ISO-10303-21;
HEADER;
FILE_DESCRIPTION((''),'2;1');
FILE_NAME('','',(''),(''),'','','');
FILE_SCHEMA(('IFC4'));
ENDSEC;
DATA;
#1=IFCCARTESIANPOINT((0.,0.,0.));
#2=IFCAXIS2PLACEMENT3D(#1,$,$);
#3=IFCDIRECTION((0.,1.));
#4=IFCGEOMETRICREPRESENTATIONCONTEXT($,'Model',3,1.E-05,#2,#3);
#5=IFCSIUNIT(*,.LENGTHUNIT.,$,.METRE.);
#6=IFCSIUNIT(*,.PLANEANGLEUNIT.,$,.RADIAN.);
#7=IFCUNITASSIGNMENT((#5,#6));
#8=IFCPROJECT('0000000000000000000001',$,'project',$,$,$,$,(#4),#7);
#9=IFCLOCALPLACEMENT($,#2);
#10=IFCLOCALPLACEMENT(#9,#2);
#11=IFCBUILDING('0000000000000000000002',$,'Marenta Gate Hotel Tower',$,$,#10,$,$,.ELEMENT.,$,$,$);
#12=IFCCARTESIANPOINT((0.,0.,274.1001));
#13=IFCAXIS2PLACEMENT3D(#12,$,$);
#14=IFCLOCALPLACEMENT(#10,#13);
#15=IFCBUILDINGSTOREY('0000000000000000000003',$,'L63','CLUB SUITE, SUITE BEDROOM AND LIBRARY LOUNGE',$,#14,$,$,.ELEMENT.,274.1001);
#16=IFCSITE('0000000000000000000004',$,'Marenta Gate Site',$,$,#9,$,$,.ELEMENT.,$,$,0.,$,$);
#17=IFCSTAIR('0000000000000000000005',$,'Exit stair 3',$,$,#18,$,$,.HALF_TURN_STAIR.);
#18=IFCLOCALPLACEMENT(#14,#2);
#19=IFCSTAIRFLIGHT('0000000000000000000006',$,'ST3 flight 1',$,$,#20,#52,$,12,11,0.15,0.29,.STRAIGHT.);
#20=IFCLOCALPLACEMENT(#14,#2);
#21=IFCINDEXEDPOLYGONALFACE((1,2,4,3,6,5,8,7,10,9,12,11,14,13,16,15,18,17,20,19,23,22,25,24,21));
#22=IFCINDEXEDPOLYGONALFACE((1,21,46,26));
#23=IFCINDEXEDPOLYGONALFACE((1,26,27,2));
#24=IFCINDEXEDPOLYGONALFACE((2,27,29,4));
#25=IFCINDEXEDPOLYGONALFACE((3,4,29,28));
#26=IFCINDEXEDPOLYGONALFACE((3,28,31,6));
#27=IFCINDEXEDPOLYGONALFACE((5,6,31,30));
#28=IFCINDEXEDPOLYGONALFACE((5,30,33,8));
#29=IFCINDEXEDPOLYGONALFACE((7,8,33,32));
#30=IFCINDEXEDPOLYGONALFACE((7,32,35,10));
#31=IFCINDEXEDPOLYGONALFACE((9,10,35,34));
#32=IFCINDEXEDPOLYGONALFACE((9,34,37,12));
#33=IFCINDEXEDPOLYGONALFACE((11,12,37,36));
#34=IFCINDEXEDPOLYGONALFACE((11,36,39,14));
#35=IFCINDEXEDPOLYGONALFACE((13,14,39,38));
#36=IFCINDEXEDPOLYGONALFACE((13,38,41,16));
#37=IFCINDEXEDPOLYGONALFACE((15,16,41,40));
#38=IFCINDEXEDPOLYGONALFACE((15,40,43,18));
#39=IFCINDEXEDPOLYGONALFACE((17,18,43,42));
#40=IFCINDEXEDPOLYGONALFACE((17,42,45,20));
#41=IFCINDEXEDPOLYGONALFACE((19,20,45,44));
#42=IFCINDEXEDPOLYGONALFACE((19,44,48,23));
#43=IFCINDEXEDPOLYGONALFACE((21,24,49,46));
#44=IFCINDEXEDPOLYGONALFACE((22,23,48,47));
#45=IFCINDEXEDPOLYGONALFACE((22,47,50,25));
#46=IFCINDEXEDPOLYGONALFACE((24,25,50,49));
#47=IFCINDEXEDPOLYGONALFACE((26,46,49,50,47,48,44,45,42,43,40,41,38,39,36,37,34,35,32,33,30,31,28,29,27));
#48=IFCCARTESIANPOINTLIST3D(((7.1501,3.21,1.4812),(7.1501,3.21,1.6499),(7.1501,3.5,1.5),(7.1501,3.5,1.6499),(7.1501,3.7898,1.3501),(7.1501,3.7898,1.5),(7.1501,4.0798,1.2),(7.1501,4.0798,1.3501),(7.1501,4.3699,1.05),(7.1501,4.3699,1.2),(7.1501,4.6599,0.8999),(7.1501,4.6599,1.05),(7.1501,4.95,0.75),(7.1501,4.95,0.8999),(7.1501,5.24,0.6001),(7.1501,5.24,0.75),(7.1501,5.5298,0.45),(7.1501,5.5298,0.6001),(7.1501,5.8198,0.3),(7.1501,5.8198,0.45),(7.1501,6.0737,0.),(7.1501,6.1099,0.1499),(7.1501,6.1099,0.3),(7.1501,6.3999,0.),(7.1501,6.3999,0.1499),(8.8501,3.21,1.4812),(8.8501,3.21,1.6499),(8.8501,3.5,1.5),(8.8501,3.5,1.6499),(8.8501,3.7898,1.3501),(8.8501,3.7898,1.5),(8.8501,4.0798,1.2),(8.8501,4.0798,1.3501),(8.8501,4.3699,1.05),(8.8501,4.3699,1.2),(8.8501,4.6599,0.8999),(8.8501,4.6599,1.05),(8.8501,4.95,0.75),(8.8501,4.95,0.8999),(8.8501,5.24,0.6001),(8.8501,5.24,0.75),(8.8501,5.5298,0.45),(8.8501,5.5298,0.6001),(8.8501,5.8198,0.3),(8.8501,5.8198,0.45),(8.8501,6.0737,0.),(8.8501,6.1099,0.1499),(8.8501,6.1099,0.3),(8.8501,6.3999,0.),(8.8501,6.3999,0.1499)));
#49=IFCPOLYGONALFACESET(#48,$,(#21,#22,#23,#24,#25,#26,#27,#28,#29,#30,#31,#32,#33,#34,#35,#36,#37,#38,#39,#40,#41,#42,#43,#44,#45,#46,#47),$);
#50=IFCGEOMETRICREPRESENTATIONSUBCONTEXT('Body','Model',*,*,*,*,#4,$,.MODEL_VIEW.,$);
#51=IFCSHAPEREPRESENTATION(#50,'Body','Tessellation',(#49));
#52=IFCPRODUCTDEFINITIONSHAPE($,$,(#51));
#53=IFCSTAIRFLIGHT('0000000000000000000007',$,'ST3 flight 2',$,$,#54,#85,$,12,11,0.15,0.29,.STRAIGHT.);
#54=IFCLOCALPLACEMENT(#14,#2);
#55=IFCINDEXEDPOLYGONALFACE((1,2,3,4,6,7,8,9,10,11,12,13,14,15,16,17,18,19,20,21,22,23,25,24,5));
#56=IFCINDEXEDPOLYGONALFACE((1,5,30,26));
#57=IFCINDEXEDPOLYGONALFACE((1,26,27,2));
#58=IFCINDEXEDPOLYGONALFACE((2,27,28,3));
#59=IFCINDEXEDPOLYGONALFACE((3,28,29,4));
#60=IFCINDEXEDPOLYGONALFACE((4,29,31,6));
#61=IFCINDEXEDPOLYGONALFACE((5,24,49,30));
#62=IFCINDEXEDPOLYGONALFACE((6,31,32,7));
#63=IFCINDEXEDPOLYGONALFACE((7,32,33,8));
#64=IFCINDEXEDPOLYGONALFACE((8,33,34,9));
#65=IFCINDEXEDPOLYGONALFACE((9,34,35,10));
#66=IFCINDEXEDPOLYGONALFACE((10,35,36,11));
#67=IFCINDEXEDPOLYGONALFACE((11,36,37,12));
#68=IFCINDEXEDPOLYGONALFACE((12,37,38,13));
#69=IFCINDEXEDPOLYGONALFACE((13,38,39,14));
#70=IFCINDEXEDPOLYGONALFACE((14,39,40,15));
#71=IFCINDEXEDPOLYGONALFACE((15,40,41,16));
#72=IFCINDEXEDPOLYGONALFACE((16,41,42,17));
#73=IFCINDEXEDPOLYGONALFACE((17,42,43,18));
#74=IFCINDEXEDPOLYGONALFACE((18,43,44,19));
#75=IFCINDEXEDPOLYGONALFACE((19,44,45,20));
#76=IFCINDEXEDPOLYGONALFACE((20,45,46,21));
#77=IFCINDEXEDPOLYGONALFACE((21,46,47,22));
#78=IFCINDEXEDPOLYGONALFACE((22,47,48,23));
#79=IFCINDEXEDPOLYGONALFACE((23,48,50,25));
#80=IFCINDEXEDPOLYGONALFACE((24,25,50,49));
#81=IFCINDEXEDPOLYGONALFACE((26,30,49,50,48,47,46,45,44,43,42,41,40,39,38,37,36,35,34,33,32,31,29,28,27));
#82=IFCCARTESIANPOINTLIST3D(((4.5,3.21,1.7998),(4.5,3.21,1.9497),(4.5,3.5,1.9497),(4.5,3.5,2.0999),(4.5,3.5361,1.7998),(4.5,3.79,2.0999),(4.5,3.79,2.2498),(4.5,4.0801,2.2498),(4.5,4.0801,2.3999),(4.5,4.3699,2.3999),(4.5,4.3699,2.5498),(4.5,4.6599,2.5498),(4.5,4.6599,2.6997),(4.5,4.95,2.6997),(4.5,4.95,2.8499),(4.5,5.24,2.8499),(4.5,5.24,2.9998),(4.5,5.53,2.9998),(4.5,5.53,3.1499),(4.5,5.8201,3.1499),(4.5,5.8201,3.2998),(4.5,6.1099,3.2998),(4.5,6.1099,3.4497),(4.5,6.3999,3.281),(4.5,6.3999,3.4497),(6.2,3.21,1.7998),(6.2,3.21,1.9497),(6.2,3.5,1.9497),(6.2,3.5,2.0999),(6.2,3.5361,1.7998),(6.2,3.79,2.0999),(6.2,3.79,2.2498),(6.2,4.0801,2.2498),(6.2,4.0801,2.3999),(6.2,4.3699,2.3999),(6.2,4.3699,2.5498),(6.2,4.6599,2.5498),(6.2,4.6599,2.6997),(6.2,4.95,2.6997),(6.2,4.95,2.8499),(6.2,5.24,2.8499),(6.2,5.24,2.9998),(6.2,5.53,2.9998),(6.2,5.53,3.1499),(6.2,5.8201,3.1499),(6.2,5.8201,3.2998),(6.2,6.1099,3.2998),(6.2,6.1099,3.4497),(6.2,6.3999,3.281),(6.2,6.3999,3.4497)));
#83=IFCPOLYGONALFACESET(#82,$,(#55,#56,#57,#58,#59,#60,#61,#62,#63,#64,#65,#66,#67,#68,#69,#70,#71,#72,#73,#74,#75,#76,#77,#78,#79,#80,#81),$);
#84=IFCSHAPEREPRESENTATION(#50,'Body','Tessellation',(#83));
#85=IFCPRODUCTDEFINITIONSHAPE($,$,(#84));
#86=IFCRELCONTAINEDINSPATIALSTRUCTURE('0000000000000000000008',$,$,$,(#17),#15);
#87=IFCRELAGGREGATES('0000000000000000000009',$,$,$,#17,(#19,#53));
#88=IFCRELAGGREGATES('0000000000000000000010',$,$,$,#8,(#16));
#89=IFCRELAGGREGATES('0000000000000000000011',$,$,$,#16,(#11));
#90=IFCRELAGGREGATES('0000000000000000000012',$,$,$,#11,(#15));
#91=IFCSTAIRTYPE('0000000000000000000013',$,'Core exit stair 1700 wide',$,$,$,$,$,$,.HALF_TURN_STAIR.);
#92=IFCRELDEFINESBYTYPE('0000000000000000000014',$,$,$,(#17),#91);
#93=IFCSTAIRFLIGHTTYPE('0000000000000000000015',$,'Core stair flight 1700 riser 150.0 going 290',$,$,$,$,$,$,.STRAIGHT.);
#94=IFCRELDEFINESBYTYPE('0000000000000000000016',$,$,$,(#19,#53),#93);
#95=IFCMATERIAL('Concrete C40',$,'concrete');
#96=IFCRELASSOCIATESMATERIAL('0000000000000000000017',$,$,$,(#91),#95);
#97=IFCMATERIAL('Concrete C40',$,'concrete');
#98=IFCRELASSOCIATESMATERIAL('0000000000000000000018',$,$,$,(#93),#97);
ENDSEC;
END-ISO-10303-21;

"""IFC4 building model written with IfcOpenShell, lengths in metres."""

from ifc_helpers import new_model, si_unit, direction, frame, origin, place, context, subcontext, project, spatial, polyline, outline, extrude, material, type_object, element, aggregate, save


model = new_model("IFC4")

# Units and contexts
model_context = context("Model", 3, precision=1e-05, world=origin(), true_north=direction((0.0, 1.0)))
body_context = subcontext(model_context, "Body", "Model", "MODEL_VIEW")
ifc_project = project(units=[si_unit("LENGTHUNIT", "METRE"), si_unit("PLANEANGLEUNIT", "RADIAN")], contexts=[model_context])

# Site, building, storey
site_placement = place(None, origin())
site = spatial("IfcSite", under=ifc_project, at=site_placement, Name="Marenta Gate Site", CompositionType="ELEMENT", RefElevation=0.0)
building_placement = place(site_placement, origin())
building = spatial("IfcBuilding", under=site, at=building_placement, Name="Marenta Gate Hotel Tower", CompositionType="ELEMENT")
storey_placement = place(building_placement, frame((0.0, 0.0, 274.1001)))
storey = spatial("IfcBuildingStorey", under=building, at=storey_placement, Name="L63", Description="CLUB SUITE, SUITE BEDROOM AND LIBRARY LOUNGE", CompositionType="ELEMENT", Elevation=274.1001)

# Stair
ifc_material_1 = material(Name="Concrete C40", Category="concrete")
stair_type_1 = type_object("IfcStairType", Name="Core exit stair 1700 wide", PredefinedType="HALF_TURN_STAIR", material=ifc_material_1)
stair_1_placement = place(storey_placement, origin())
stair_1 = element("IfcStair", 1, at=stair_1_placement, inside=storey, type_object=stair_type_1, Name="Exit stair 3", PredefinedType="HALF_TURN_STAIR")

# Stair flights
ifc_material_2 = material(Name="Concrete C40", Category="concrete")
stair_flight_type = type_object("IfcStairFlightType", Name="Core stair flight 1700 riser 150.0 going 290", PredefinedType="STRAIGHT", material=ifc_material_2)
stair_flight_1_placement = place(storey_placement, frame((8.0, 6.3999, 0.0), z_axis=(0.0, 0.0, 1.0), x_axis=(0.0, -1.0, 0.0)))
stair_flight_1 = element("IfcStairFlight", 2, at=stair_flight_1_placement, type_object=stair_flight_type, Name="ST3 flight 1", NumberOfRisers=12, NumberOfTreads=11, PredefinedType="STRAIGHT", RiserHeight=0.15, TreadLength=0.29, context=body_context, shape_type="SweptSolid", body=[
    extrude(outline(polyline([(0.0, 0.0), (0.0, 0.1499), (0.29, 0.1499), (0.29, 0.3), (0.5801, 0.3), (0.5801, 0.45), (0.8701, 0.45), (0.8701, 0.6001), (1.1599, 0.6001), (1.1599, 0.75), (1.45, 0.75), (1.45, 0.8999), (1.74, 0.8999), (1.74, 1.05), (2.03, 1.05), (2.03, 1.2), (2.3201, 1.2), (2.3201, 1.3501), (2.6101, 1.3501), (2.6101, 1.5), (2.8999, 1.5), (2.8999, 1.6499), (3.1899, 1.6499), (3.1899, 1.8), (3.1899, 1.4812), (0.3262, 0.0), (0.0, 0.0)])), frame((0.0, 0.8501, 0.0), z_axis=(0.0, -1.0, 0.0), x_axis=(1.0, 0.0, 0.0)), (0.0, 0.0, 1.0), 1.7),
])
stair_flight_2_placement = place(storey_placement, frame((5.3501, 3.21, 1.7998), z_axis=(0.0, 0.0, 1.0), x_axis=(0.0, 1.0, 0.0)))
stair_flight_2 = element("IfcStairFlight", 3, at=stair_flight_2_placement, type_object=stair_flight_type, Name="ST3 flight 2", NumberOfRisers=12, NumberOfTreads=11, PredefinedType="STRAIGHT", RiserHeight=0.15, TreadLength=0.29, context=body_context, shape_type="SweptSolid", body=[
    extrude(outline(polyline([(0.0, 0.0), (0.0, 0.1499), (0.29, 0.1499), (0.29, 0.3), (0.5801, 0.3), (0.5801, 0.45), (0.8701, 0.45), (0.8701, 0.6001), (1.1599, 0.6001), (1.1599, 0.75), (1.45, 0.75), (1.45, 0.8999), (1.74, 0.8999), (1.74, 1.05), (2.03, 1.05), (2.03, 1.2), (2.3201, 1.2), (2.3201, 1.3501), (2.6101, 1.3501), (2.6101, 1.5), (2.8999, 1.5), (2.8999, 1.6499), (3.1899, 1.6499), (3.1899, 1.8), (3.1899, 1.4812), (0.3262, 0.0), (0.0, 0.0)])), frame((0.0, 0.8501, 0.0), z_axis=(0.0, -1.0, 0.0), x_axis=(1.0, 0.0, 0.0)), (0.0, 0.0, 1.0), 1.7),
])
aggregate(stair_1, [stair_flight_1, stair_flight_2])

save(model, "model.ifc")
